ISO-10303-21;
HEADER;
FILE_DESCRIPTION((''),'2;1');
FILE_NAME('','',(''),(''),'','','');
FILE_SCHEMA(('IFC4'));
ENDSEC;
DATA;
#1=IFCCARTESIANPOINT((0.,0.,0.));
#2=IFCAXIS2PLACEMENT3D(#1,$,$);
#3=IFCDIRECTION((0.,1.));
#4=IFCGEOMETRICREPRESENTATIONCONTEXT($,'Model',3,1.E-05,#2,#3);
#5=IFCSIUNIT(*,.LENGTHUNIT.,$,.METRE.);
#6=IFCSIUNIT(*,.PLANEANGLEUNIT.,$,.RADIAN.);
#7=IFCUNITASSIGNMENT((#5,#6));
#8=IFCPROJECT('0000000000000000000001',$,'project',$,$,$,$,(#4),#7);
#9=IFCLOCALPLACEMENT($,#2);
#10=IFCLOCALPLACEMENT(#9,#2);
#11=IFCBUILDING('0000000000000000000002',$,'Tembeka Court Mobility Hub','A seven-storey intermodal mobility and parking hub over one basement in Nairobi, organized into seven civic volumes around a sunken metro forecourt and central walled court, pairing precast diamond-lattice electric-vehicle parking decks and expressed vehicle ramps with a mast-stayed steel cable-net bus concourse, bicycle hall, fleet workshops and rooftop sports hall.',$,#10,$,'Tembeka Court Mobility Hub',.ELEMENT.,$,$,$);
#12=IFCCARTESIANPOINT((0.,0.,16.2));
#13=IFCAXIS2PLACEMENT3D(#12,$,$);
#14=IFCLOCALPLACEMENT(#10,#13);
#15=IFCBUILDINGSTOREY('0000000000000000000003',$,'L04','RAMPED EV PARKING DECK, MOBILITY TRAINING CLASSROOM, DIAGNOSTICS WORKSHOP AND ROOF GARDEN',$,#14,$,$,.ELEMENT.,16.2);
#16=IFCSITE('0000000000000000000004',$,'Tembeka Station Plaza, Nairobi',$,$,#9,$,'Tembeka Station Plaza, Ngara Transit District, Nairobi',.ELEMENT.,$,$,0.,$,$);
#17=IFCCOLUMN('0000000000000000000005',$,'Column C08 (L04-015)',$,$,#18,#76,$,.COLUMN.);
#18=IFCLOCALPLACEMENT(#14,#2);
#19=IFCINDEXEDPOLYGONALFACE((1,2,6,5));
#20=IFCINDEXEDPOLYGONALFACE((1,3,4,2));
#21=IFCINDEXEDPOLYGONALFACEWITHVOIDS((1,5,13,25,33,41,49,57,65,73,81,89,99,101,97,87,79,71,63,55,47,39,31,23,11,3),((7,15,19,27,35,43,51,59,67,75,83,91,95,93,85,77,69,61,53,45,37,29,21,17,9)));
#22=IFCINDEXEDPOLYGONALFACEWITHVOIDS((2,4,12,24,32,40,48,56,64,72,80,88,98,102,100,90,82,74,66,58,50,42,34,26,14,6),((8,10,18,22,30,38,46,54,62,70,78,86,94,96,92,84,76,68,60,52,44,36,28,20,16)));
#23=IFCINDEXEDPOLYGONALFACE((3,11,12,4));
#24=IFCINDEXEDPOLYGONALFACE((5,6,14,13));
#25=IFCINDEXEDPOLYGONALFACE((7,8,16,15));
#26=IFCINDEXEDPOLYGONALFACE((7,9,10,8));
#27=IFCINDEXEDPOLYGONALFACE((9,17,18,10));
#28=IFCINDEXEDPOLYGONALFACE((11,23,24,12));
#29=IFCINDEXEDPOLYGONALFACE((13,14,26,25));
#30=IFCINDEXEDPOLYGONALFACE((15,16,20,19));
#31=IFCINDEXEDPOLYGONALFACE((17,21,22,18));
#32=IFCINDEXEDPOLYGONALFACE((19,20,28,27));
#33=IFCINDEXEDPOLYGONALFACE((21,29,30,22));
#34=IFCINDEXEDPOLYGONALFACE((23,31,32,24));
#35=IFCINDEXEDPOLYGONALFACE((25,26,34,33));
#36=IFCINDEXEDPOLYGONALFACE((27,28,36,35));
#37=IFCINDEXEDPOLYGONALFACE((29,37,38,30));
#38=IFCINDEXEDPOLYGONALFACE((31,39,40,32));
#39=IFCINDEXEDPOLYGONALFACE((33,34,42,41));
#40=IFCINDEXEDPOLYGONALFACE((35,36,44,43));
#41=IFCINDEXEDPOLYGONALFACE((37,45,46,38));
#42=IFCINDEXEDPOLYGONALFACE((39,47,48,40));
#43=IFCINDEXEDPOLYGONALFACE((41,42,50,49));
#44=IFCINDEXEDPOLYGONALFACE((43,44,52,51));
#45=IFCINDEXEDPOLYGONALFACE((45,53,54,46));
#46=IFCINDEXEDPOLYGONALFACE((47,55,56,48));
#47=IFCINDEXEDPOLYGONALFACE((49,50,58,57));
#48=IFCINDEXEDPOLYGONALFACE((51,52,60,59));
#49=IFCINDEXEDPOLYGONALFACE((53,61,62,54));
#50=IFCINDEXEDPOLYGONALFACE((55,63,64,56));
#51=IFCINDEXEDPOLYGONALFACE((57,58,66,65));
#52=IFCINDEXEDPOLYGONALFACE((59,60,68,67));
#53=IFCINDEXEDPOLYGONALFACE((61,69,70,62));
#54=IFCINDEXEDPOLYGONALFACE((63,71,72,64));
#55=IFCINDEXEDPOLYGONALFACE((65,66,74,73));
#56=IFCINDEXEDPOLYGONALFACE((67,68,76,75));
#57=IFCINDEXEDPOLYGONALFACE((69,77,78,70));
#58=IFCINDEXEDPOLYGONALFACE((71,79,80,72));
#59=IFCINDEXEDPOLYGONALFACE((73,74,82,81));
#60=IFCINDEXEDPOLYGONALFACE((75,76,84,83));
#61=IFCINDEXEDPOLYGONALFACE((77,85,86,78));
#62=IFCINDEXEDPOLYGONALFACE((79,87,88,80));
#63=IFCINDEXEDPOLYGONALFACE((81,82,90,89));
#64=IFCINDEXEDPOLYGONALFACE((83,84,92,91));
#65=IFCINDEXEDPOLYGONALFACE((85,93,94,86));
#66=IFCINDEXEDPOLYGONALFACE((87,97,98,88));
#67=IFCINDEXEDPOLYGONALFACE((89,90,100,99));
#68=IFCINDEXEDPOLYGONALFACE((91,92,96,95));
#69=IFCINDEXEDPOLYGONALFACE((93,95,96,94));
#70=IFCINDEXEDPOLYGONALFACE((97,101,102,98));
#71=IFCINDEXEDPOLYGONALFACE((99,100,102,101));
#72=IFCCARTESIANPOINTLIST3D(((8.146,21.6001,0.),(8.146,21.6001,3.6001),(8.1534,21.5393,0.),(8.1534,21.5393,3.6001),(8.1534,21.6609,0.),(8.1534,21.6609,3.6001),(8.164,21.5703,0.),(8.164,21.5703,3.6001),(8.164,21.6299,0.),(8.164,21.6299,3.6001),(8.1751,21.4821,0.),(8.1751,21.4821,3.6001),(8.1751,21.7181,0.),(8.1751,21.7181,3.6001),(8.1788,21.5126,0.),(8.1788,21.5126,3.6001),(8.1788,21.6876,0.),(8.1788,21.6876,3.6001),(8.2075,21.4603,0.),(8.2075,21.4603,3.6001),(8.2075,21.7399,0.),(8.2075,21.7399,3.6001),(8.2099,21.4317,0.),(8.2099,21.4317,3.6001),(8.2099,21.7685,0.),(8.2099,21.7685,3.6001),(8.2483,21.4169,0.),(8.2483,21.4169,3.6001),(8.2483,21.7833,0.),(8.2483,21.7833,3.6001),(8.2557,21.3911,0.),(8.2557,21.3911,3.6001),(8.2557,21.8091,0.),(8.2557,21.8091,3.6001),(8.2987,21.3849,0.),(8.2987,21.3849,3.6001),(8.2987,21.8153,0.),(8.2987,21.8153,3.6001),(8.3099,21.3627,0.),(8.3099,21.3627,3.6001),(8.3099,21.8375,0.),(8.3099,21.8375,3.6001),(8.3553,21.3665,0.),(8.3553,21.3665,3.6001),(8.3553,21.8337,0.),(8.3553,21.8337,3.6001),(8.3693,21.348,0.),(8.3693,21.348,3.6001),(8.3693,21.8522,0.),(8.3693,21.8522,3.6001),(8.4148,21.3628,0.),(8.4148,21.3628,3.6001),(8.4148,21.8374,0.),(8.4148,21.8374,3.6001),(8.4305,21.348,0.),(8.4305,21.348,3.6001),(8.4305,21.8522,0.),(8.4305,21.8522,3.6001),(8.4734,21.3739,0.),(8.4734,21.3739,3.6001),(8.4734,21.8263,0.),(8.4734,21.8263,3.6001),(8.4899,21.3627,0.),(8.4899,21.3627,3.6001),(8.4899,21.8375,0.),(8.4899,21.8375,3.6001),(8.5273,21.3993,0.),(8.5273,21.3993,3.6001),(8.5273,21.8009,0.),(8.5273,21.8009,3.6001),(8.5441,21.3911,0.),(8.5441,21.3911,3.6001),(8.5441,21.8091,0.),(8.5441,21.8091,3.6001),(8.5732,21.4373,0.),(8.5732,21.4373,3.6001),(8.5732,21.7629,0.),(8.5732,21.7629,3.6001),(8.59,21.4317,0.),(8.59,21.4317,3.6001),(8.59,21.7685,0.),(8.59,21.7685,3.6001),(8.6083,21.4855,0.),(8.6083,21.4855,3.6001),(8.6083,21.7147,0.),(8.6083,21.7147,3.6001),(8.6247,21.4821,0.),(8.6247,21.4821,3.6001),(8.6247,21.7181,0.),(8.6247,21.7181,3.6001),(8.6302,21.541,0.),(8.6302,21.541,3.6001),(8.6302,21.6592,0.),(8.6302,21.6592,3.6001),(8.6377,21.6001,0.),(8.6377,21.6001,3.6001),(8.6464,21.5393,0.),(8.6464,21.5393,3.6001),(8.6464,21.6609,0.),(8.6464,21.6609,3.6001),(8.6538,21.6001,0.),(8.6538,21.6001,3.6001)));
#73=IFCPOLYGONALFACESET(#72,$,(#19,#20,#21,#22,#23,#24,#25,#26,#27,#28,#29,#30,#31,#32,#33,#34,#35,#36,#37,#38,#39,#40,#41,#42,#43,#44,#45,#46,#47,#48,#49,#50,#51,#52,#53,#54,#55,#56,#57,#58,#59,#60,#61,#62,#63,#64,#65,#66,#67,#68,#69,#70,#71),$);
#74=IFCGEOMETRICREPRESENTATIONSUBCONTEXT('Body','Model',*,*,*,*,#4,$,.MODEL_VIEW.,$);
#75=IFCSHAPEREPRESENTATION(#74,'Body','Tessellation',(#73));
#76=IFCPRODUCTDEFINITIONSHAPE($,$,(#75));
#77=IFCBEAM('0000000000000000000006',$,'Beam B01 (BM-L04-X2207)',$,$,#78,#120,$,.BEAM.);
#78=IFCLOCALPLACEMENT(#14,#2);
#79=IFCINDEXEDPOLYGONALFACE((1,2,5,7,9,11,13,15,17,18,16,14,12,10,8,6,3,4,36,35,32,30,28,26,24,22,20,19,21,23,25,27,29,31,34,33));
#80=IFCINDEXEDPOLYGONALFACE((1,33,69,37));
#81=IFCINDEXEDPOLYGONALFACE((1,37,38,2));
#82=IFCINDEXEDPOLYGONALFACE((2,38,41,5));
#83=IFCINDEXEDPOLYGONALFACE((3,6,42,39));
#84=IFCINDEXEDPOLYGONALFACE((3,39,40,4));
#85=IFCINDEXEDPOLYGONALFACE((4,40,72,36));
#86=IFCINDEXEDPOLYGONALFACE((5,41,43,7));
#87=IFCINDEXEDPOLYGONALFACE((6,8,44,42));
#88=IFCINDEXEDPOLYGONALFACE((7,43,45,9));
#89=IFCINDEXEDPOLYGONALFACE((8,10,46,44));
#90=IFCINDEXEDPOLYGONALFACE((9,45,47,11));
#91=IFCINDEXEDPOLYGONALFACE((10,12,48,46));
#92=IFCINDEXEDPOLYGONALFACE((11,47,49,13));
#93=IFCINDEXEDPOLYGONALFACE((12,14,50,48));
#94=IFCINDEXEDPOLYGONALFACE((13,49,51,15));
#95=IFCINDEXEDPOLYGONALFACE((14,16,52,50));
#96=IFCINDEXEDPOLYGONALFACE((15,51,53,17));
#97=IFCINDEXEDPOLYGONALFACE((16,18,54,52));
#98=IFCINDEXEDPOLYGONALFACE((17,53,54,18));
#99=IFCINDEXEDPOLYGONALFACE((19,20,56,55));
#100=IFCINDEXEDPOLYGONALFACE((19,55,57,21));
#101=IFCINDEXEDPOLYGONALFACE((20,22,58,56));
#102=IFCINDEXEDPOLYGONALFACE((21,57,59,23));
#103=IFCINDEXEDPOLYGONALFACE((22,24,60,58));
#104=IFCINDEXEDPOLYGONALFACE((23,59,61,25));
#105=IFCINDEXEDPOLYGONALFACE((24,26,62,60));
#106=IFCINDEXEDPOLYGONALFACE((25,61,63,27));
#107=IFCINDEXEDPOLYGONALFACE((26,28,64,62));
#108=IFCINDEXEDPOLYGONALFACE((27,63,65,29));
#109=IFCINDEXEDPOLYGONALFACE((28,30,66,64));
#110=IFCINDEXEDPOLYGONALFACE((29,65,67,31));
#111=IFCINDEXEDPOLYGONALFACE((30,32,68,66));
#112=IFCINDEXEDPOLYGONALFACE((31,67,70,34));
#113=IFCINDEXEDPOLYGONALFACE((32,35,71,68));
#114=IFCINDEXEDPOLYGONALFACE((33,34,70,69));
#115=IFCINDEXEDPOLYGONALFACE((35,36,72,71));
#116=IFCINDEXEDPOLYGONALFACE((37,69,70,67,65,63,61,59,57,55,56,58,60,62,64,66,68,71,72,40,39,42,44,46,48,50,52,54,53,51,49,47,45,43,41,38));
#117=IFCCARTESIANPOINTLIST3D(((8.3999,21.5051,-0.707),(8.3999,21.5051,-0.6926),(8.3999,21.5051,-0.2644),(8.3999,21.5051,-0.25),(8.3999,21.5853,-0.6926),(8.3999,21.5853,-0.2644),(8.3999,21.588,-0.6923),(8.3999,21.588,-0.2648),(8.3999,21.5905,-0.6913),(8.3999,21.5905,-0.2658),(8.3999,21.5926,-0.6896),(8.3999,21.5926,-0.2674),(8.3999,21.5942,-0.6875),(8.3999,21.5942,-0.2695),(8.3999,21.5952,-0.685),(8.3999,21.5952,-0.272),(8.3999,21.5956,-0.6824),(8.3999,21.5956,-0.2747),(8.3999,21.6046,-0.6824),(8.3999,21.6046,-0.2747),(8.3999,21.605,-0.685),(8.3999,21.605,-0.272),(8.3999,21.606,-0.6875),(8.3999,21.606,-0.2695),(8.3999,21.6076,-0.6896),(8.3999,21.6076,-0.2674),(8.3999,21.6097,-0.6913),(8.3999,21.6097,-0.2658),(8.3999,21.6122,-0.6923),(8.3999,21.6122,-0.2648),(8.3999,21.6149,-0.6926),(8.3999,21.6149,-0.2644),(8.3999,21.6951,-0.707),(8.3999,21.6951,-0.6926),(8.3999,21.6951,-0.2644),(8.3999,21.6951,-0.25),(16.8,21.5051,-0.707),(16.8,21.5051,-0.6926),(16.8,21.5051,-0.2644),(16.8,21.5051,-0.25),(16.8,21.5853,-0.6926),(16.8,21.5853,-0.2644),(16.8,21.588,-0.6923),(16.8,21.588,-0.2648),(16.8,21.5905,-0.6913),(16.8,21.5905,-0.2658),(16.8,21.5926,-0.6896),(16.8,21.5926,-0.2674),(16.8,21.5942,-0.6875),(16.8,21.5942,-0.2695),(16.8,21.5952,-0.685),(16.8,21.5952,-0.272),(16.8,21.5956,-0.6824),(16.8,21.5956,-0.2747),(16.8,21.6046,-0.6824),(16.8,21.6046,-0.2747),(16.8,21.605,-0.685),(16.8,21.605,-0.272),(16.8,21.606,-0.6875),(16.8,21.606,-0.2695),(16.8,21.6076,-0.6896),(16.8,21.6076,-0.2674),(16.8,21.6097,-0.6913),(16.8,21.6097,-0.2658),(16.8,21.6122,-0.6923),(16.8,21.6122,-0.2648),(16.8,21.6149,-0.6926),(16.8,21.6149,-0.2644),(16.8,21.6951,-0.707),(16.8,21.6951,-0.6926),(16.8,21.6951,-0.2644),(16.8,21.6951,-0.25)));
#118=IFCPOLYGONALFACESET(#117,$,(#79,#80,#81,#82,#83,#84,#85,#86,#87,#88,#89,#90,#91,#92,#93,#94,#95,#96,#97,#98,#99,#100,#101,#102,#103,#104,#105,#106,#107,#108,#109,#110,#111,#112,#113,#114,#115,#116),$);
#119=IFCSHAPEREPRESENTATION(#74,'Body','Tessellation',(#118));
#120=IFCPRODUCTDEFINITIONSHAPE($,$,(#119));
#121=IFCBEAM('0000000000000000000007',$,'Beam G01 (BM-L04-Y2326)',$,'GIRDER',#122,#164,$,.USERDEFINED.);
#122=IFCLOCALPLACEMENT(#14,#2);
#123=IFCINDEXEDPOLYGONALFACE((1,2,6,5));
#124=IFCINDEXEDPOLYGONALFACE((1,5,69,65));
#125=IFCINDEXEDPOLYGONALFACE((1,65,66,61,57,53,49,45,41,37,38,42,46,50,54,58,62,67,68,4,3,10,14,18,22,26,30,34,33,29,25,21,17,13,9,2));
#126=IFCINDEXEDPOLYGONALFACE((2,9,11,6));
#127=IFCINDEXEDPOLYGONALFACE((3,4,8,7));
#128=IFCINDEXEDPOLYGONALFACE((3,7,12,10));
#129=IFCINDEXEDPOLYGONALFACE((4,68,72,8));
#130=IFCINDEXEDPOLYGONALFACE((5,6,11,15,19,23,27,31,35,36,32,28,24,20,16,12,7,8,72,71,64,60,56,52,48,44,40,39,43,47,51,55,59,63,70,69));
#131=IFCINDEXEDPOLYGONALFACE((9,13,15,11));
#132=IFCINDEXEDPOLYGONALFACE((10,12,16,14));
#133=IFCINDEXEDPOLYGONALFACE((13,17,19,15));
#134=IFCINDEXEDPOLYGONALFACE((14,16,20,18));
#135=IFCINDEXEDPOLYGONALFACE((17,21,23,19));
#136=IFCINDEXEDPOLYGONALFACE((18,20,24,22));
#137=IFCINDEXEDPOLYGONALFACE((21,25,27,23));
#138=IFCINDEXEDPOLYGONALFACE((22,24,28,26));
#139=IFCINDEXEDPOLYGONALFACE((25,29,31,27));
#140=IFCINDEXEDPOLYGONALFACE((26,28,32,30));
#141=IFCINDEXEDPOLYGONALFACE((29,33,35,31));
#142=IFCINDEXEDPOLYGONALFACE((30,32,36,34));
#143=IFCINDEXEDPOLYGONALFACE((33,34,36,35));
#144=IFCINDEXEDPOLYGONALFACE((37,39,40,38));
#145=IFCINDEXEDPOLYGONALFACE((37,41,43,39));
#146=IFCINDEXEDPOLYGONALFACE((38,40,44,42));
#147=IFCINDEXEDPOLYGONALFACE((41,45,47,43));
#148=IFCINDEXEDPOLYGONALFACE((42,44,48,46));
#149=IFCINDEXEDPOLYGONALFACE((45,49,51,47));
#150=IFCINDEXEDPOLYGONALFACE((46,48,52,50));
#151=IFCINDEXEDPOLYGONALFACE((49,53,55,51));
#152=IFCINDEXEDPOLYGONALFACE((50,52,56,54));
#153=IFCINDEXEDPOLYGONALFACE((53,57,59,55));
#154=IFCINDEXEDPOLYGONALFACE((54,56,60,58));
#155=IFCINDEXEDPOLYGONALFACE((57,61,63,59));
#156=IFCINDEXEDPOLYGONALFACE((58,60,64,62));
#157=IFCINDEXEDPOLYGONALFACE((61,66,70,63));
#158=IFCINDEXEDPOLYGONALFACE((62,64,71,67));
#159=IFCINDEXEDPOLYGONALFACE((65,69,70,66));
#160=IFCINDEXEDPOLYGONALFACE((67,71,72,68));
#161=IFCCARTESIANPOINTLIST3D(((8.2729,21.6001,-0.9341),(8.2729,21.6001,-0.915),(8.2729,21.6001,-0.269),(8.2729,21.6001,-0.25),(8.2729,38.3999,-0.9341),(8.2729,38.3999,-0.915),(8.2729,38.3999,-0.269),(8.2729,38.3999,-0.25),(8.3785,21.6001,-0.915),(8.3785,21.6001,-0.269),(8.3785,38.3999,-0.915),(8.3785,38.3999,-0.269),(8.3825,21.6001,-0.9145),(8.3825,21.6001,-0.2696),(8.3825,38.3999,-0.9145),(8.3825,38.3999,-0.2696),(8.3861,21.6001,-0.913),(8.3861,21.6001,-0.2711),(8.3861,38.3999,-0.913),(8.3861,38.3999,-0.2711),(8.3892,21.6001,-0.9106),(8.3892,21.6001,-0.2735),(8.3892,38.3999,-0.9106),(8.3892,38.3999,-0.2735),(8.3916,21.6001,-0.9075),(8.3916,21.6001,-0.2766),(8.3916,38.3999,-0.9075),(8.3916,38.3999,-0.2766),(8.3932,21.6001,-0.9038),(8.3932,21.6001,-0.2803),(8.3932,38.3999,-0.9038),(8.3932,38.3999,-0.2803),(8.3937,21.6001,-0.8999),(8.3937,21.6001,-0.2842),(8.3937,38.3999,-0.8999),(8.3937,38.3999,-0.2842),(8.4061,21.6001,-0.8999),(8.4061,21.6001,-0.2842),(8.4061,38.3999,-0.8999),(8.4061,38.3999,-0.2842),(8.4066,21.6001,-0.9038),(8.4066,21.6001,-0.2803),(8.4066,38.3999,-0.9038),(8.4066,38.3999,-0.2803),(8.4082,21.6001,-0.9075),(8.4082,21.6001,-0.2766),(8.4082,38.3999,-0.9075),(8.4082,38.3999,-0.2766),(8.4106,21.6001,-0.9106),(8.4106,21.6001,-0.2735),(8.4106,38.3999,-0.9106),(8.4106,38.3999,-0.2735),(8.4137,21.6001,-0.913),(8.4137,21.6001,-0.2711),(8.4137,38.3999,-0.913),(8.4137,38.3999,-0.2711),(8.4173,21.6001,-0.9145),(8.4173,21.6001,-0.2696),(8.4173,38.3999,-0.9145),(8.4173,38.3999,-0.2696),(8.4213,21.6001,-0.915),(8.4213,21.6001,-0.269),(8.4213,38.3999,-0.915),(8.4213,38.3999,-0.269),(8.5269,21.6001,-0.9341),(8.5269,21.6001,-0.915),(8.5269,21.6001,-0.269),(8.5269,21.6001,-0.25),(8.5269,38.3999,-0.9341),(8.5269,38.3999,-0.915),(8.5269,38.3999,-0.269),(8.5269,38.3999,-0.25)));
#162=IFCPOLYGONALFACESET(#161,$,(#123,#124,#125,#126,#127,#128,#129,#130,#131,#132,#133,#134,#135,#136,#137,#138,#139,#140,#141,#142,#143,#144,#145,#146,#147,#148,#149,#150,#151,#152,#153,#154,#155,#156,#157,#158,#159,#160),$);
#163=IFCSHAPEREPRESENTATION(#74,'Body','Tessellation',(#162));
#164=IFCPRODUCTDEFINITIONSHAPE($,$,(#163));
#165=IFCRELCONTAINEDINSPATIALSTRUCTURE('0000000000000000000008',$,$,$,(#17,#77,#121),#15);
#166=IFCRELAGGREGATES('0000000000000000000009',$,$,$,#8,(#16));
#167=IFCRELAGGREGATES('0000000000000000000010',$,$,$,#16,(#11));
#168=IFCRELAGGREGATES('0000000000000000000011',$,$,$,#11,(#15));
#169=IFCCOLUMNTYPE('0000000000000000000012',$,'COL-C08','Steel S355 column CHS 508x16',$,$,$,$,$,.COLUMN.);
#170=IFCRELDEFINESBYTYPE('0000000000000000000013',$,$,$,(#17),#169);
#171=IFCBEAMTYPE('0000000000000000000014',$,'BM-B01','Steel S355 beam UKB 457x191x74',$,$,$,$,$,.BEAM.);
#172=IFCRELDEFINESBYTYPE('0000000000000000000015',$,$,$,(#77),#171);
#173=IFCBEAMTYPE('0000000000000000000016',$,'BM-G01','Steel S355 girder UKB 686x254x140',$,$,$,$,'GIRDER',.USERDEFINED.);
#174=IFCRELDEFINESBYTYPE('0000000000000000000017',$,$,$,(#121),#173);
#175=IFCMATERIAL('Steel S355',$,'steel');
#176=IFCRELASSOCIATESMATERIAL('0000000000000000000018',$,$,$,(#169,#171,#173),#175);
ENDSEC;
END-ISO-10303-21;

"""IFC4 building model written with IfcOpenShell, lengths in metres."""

from ifc_helpers import new_model, si_unit, direction, frame, origin, origin_2d, place, context, subcontext, project, spatial, hollow_circle, i_section, extrude, material, material_profile, profile_set, type_object, element, save


model = new_model("IFC4")

# Units and contexts
model_context = context("Model", 3, precision=1e-05, world=origin(), true_north=direction((0.0, 1.0)))
body_context = subcontext(model_context, "Body", "Model", "MODEL_VIEW")
ifc_project = project(units=[si_unit("LENGTHUNIT", "METRE"), si_unit("PLANEANGLEUNIT", "RADIAN")], contexts=[model_context])

# Site, building, storey
site_placement = place(None, origin())
site = spatial("IfcSite", under=ifc_project, at=site_placement, Name="Tembeka Station Plaza, Nairobi", LongName="Tembeka Station Plaza, Ngara Transit District, Nairobi", CompositionType="ELEMENT", RefElevation=0.0)
building_placement = place(site_placement, origin())
building = spatial("IfcBuilding", under=site, at=building_placement, Name="Tembeka Court Mobility Hub", Description="A seven-storey intermodal mobility and parking hub over one basement in Nairobi, organized into seven civic volumes around a sunken metro forecourt and central walled court, pairing precast diamond-lattice electric-vehicle parking decks and expressed vehicle ramps with a mast-stayed steel cable-net bus concourse, bicycle hall, fleet workshops and rooftop sports hall.", LongName="Tembeka Court Mobility Hub", CompositionType="ELEMENT")
storey_placement = place(building_placement, frame((0.0, 0.0, 16.2)))
storey = spatial("IfcBuildingStorey", under=building, at=storey_placement, Name="L04", Description="RAMPED EV PARKING DECK, MOBILITY TRAINING CLASSROOM, DIAGNOSTICS WORKSHOP AND ROOF GARDEN", CompositionType="ELEMENT", Elevation=16.2)

# Column
ifc_material_1 = material(Name="Steel S355", Category="steel")
ifc_material_profile_1 = material_profile(ifc_material_1, hollow_circle(Radius=0.2539, WallThickness=0.0161, at=origin_2d()), Name="CHS 508x16")
ifc_profile_set_1 = profile_set([ifc_material_profile_1], Name="Steel S355")
column_type = type_object("IfcColumnType", Name="COL-C08", Description="Steel S355 column CHS 508x16", PredefinedType="COLUMN", material=ifc_profile_set_1)
column_placement = place(storey_placement, frame((8.3999, 21.6001, 0.0), z_axis=(0.0, 0.0, 1.0), x_axis=(1.0, 0.0, 0.0)))
element("IfcColumn", 1, at=column_placement, inside=storey, type_object=column_type, Name="Column C08 (L04-015)", PredefinedType="COLUMN", context=body_context, shape_type="SweptSolid", body=[
    extrude(hollow_circle(Radius=0.2539, WallThickness=0.0161, at=origin_2d()), origin(), (0.0, 0.0, 1.0), 3.6001),
])

# Beams
ifc_material_profile_2 = material_profile(ifc_material_1, i_section(OverallWidth=0.1899, OverallDepth=0.457, WebThickness=0.009, FlangeThickness=0.0144, FilletRadius=0.0103, at=origin_2d()), Name="UKB 457x191x74")
ifc_profile_set_2 = profile_set([ifc_material_profile_2], Name="Steel S355")
beam_type_1 = type_object("IfcBeamType", Name="BM-B01", Description="Steel S355 beam UKB 457x191x74", PredefinedType="BEAM", material=ifc_profile_set_2)
beam_1_placement = place(storey_placement, frame((8.3999, 21.6001, -0.4785), z_axis=(1.0, 0.0, 0.0), x_axis=(0.0, 1.0, 0.0)))
element("IfcBeam", 2, at=beam_1_placement, inside=storey, type_object=beam_type_1, Name="Beam B01 (BM-L04-X2207)", PredefinedType="BEAM", context=body_context, shape_type="SweptSolid", body=[
    extrude(i_section(OverallWidth=0.1899, OverallDepth=0.457, WebThickness=0.009, FlangeThickness=0.0144, FilletRadius=0.0103, at=origin_2d()), origin(), (0.0, 0.0, 1.0), 8.4001),
])
ifc_material_profile_3 = material_profile(ifc_material_1, i_section(OverallWidth=0.2539, OverallDepth=0.6841, WebThickness=0.0125, FlangeThickness=0.019, FilletRadius=0.0151, at=origin_2d()), Name="UKB 686x254x140")
ifc_profile_set_3 = profile_set([ifc_material_profile_3], Name="Steel S355")
beam_type_2 = type_object("IfcBeamType", Name="BM-G01", Description="Steel S355 girder UKB 686x254x140", ElementType="GIRDER", PredefinedType="USERDEFINED", material=ifc_profile_set_3)
beam_2_placement = place(storey_placement, frame((8.3999, 21.6001, -0.592), z_axis=(0.0, 1.0, 0.0), x_axis=(-1.0, 0.0, 0.0)))
element("IfcBeam", 3, at=beam_2_placement, inside=storey, type_object=beam_type_2, Name="Beam G01 (BM-L04-Y2326)", ObjectType="GIRDER", PredefinedType="USERDEFINED", context=body_context, shape_type="SweptSolid", body=[
    extrude(i_section(OverallWidth=0.2539, OverallDepth=0.6841, WebThickness=0.0125, FlangeThickness=0.019, FilletRadius=0.0151, at=origin_2d()), origin(), (0.0, 0.0, 1.0), 16.7998),
])

save(model, "model.ifc")
